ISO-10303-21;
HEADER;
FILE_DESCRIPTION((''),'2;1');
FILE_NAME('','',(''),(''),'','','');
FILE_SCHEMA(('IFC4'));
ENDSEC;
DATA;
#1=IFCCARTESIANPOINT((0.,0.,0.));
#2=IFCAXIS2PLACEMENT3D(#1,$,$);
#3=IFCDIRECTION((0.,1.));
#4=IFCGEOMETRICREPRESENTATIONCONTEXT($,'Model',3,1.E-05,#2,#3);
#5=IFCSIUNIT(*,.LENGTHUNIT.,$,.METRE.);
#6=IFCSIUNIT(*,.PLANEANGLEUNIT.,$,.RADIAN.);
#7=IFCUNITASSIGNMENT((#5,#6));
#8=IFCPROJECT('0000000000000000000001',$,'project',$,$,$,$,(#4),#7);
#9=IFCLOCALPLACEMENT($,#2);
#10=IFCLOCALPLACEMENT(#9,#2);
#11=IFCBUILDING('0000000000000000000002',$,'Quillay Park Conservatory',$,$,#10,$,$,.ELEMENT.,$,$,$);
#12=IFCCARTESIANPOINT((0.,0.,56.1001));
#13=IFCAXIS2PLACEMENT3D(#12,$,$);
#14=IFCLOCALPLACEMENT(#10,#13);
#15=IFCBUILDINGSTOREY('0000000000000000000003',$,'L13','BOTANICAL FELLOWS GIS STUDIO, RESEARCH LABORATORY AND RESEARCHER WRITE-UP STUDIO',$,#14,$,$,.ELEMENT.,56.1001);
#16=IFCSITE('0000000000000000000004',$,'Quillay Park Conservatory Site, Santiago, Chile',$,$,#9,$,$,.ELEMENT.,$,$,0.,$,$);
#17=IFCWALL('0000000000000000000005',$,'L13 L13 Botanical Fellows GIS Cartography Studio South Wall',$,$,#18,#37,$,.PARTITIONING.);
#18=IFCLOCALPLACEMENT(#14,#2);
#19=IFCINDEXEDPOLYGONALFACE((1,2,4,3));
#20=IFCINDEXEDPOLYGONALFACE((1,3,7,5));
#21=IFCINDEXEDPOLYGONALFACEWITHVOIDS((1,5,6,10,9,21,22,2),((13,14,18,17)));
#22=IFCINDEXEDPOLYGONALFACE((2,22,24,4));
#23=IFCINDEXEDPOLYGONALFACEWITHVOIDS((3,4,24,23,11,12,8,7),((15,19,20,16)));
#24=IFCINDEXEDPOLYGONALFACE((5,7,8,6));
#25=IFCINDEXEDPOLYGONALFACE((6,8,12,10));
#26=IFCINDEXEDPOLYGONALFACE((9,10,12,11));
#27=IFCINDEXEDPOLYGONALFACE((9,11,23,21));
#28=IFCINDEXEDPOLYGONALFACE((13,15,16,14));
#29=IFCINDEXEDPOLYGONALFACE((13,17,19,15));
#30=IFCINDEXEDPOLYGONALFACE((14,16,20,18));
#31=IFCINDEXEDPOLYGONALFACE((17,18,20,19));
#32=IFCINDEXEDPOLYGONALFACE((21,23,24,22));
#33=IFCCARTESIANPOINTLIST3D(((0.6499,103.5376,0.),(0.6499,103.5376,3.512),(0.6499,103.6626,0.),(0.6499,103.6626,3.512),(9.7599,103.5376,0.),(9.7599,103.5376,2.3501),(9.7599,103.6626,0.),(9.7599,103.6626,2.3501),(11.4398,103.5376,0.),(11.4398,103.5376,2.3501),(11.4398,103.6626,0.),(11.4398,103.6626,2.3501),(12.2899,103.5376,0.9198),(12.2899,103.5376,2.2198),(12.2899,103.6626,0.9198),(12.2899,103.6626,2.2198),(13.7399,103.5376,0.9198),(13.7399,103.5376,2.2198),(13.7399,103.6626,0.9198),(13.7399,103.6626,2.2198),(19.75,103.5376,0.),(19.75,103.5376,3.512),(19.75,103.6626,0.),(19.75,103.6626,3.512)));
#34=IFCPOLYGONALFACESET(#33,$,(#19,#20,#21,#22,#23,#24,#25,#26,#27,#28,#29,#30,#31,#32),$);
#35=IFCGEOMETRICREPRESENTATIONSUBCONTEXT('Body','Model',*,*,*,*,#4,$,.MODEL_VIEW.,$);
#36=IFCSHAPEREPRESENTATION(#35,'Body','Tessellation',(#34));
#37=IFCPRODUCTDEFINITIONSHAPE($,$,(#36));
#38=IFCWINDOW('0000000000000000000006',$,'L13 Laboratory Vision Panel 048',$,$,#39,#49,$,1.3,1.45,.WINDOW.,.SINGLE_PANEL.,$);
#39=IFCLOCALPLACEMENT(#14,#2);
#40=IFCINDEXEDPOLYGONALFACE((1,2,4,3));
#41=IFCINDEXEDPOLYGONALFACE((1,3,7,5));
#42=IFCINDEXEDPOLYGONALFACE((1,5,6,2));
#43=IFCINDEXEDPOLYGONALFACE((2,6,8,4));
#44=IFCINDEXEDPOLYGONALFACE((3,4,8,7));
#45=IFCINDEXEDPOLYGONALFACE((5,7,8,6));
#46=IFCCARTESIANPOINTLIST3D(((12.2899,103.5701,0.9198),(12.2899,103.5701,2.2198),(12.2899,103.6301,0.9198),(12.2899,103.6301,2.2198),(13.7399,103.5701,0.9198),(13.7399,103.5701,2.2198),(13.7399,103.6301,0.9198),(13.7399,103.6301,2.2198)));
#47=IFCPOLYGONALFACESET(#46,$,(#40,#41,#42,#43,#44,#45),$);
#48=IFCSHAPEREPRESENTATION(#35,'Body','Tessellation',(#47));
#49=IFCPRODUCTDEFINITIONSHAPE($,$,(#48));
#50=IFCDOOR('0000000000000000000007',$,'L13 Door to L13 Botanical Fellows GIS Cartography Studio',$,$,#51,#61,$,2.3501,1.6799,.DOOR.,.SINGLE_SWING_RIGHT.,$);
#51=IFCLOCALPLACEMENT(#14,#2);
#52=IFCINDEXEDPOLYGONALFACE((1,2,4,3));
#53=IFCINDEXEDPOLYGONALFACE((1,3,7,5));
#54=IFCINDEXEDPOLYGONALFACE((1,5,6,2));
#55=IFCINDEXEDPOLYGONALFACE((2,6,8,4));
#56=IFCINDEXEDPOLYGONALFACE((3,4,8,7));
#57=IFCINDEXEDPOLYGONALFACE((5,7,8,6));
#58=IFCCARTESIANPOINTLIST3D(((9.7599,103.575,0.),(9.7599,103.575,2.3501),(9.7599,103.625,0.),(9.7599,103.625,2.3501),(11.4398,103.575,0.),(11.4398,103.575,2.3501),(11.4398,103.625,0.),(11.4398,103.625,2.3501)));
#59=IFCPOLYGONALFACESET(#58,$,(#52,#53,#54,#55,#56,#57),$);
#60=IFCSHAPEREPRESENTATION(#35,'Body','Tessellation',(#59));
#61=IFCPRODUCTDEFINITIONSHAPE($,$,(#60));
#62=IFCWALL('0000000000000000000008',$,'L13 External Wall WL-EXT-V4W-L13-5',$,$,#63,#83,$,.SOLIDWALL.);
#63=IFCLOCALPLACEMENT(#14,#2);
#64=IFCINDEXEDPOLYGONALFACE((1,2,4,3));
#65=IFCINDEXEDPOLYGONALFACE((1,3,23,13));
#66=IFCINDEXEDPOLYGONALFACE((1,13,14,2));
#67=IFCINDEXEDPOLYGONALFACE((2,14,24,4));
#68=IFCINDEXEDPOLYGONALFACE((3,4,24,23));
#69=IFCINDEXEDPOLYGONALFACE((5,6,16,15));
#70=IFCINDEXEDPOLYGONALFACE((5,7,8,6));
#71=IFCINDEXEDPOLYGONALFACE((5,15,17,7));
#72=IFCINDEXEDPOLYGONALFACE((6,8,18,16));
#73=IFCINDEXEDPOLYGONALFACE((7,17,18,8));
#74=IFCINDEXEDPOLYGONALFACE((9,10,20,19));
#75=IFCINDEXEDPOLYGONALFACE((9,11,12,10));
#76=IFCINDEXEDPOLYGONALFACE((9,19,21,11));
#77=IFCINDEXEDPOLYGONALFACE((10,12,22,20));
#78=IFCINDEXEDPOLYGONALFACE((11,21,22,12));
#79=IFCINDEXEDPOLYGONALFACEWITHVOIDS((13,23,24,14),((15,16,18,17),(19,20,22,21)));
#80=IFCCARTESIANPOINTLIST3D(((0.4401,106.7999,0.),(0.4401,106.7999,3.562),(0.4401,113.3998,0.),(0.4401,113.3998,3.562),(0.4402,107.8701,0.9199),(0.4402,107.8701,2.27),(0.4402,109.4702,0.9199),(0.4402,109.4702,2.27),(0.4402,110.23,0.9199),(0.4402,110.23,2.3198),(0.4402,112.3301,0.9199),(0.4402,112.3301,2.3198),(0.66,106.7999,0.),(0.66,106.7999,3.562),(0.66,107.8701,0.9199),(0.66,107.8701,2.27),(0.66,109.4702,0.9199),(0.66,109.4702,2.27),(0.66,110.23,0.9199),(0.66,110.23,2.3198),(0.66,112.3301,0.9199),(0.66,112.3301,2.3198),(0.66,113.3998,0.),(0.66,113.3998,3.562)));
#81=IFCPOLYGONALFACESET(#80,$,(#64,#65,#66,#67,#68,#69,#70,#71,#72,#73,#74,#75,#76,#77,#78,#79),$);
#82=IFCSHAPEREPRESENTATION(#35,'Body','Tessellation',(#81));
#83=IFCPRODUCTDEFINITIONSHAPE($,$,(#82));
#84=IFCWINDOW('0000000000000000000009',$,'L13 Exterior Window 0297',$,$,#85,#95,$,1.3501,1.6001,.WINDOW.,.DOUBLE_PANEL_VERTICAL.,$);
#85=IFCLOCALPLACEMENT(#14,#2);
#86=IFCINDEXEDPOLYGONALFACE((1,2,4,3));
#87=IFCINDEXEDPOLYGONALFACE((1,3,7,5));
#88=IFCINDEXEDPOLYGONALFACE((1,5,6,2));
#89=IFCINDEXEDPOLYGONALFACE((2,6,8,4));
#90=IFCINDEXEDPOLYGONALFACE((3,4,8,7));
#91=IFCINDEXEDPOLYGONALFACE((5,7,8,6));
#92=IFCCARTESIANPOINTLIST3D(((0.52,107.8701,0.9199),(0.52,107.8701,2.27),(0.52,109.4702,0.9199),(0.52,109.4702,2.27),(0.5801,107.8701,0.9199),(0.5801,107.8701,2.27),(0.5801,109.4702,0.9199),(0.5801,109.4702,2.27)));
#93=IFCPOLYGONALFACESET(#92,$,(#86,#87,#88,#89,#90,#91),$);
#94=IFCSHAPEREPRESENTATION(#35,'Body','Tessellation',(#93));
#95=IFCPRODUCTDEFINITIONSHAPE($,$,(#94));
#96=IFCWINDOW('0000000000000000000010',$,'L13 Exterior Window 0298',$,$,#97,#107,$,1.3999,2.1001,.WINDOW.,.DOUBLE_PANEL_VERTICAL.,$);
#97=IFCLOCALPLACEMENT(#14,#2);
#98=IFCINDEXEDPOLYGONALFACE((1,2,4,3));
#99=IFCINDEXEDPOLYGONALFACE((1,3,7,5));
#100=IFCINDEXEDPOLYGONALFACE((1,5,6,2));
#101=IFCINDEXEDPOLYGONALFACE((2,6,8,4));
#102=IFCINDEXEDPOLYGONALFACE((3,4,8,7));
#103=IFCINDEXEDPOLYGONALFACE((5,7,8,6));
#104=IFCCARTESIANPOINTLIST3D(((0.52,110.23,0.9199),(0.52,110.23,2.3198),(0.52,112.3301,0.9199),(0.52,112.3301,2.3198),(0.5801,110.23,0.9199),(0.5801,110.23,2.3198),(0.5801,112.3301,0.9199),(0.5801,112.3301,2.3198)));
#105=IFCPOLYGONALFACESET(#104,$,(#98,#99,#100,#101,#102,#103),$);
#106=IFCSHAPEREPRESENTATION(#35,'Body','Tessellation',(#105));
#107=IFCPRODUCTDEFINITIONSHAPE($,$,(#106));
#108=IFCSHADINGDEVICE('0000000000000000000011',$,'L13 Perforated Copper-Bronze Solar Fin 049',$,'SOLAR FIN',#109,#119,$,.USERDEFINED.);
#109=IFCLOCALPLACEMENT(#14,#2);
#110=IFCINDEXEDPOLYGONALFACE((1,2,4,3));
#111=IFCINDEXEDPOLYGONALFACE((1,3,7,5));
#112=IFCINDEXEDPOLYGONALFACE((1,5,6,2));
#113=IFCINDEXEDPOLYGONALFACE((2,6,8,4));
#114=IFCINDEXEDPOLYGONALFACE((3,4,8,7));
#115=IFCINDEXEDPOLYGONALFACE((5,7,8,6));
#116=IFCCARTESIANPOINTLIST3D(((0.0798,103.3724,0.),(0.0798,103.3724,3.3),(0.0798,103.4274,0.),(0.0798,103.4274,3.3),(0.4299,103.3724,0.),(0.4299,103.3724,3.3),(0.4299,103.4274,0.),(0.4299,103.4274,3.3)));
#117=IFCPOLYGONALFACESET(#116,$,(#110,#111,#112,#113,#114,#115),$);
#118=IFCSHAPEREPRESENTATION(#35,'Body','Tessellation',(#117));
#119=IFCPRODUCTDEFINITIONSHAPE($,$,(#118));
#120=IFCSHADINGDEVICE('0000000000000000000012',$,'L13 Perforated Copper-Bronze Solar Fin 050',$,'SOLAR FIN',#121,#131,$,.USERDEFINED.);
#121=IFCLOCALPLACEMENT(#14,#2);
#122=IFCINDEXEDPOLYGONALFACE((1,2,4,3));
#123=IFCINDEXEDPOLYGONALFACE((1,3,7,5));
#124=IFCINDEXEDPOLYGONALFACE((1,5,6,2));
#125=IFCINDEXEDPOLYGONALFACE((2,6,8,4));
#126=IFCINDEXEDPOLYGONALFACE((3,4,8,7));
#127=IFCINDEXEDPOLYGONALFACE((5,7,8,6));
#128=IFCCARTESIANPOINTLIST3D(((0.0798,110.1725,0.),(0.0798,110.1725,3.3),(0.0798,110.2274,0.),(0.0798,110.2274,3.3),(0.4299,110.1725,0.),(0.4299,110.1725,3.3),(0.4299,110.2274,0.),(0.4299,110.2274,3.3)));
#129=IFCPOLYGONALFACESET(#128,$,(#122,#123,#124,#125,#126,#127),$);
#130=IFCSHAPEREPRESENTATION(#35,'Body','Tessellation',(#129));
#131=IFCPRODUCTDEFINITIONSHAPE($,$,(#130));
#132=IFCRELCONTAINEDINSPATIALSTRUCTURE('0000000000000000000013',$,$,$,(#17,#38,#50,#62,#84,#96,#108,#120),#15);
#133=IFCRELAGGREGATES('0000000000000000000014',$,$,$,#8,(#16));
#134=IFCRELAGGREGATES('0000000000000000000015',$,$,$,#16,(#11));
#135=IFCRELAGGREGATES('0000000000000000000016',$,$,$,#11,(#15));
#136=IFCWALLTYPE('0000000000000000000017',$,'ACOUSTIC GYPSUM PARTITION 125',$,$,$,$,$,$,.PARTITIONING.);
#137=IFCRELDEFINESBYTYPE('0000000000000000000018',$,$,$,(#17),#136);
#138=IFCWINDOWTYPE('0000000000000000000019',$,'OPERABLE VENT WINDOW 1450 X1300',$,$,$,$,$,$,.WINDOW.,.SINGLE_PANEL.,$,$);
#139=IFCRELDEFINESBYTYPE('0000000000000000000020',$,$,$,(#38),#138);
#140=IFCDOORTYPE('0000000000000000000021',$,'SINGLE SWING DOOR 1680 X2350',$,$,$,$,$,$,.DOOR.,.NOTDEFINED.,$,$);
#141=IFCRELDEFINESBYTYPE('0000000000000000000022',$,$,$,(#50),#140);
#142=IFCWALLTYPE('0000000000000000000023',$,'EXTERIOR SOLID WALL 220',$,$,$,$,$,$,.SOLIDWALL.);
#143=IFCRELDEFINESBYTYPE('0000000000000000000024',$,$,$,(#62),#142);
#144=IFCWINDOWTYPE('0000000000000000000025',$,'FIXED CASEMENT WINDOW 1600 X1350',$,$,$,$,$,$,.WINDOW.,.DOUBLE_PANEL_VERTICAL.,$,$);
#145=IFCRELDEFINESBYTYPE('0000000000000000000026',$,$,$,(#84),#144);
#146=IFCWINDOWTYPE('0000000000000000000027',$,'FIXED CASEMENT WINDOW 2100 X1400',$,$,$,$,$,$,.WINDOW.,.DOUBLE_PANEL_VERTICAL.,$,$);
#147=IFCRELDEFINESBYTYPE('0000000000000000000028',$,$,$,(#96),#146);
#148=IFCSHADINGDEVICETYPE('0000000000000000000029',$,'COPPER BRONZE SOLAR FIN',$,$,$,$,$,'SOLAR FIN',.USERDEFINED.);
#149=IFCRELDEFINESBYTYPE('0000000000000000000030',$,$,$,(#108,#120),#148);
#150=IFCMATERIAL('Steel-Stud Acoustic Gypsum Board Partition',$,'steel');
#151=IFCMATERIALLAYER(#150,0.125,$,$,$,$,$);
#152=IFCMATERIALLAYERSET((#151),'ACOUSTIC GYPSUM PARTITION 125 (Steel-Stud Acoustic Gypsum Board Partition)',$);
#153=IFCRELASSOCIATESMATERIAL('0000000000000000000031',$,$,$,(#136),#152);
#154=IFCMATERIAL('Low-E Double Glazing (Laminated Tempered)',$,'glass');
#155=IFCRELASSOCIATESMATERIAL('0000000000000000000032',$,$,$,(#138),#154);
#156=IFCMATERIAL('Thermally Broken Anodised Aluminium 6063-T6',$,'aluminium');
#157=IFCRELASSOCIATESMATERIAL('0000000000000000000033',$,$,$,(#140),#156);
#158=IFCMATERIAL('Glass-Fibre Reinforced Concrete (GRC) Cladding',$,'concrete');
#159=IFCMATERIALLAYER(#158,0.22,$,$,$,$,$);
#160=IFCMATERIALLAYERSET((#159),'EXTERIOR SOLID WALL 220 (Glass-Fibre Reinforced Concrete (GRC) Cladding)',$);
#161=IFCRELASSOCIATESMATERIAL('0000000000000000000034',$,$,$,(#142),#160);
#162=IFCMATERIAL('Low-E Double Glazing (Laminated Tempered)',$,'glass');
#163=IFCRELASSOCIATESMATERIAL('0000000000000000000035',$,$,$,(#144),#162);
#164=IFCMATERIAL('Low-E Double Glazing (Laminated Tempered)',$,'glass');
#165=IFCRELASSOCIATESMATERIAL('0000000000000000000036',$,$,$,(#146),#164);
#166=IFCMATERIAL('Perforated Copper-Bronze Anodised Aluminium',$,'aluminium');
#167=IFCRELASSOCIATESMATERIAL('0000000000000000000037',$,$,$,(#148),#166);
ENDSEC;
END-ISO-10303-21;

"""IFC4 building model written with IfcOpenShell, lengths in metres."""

from ifc_helpers import new_model, si_unit, direction, frame, frame_2d, origin, origin_2d, place, context, subcontext, project, spatial, rectangle, extrude, material, layer, layer_set, type_object, element, fill, save


model = new_model("IFC4")

# Units and contexts
model_context = context("Model", 3, precision=1e-05, world=origin(), true_north=direction((0.0, 1.0)))
body_context = subcontext(model_context, "Body", "Model", "MODEL_VIEW")
ifc_project = project(units=[si_unit("LENGTHUNIT", "METRE"), si_unit("PLANEANGLEUNIT", "RADIAN")], contexts=[model_context])

# Site, building, storey
site_placement = place(None, origin())
site = spatial("IfcSite", under=ifc_project, at=site_placement, Name="Quillay Park Conservatory Site, Santiago, Chile", CompositionType="ELEMENT", RefElevation=0.0)
building_placement = place(site_placement, origin())
building = spatial("IfcBuilding", under=site, at=building_placement, Name="Quillay Park Conservatory", CompositionType="ELEMENT")
storey_placement = place(building_placement, frame((0.0, 0.0, 56.1001)))
storey = spatial("IfcBuildingStorey", under=building, at=storey_placement, Name="L13", Description="BOTANICAL FELLOWS GIS STUDIO, RESEARCH LABORATORY AND RESEARCHER WRITE-UP STUDIO", CompositionType="ELEMENT", Elevation=56.1001)

# Wall, openings, window, door
ifc_material_1 = material(Name="Steel-Stud Acoustic Gypsum Board Partition", Category="steel")
ifc_layer_1 = layer(ifc_material_1, 0.125)
ifc_layer_set_1 = layer_set([ifc_layer_1], Name="ACOUSTIC GYPSUM PARTITION 125 (Steel-Stud Acoustic Gypsum Board Partition)")
wall_type_1 = type_object("IfcWallType", Name="ACOUSTIC GYPSUM PARTITION 125", PredefinedType="PARTITIONING", material=ifc_layer_set_1)
wall_1_placement = place(storey_placement, frame((0.6499, 103.6001, 0.0), z_axis=(0.0, 0.0, 1.0), x_axis=(1.0, 0.0, 0.0)))
wall_1 = element("IfcWall", 1, at=wall_1_placement, inside=storey, type_object=wall_type_1, Name="L13 L13 Botanical Fellows GIS Cartography Studio South Wall", PredefinedType="PARTITIONING", context=body_context, shape_type="SweptSolid", body=[
    extrude(rectangle(XDim=19.1001, YDim=0.125, at=frame_2d((9.55, 0.0))), origin(), (0.0, 0.0, 1.0), 3.512),
])
opening_1_placement = place(wall_1_placement, frame((9.1101, 0.0, 0.0)))
opening_1 = element("IfcOpeningElement", 2, at=opening_1_placement, cuts=wall_1, PredefinedType="OPENING", context=body_context, shape_type="SweptSolid", body=[
    extrude(rectangle(XDim=1.6799, YDim=2.3501, at=frame_2d((0.8398, 1.175))), frame((0.0, 0.0625, 0.0), z_axis=(0.0, -1.0, 0.0), x_axis=(1.0, 0.0, 0.0)), (0.0, 0.0, 1.0), 0.125),
])
opening_2_placement = place(wall_1_placement, frame((11.6399, 0.0, 0.9199)))
opening_2 = element("IfcOpeningElement", 3, at=opening_2_placement, cuts=wall_1, PredefinedType="OPENING", context=body_context, shape_type="SweptSolid", body=[
    extrude(rectangle(XDim=1.45, YDim=1.3, at=frame_2d((0.7251, 0.6499))), frame((0.0, 0.0625, 0.0), z_axis=(0.0, -1.0, 0.0), x_axis=(1.0, 0.0, 0.0)), (0.0, 0.0, 1.0), 0.125),
])
ifc_material_2 = material(Name="Low-E Double Glazing (Laminated Tempered)", Category="glass")
window_type_1 = type_object("IfcWindowType", Name="OPERABLE VENT WINDOW 1450 X1300", PartitioningType="SINGLE_PANEL", PredefinedType="WINDOW", material=ifc_material_2)
window_1_placement = place(opening_2_placement, origin())
window_1 = element("IfcWindow", 4, at=window_1_placement, inside=storey, type_object=window_type_1, Name="L13 Laboratory Vision Panel 048", OverallHeight=1.3, OverallWidth=1.45, PartitioningType="SINGLE_PANEL", PredefinedType="WINDOW", context=body_context, shape_type="SweptSolid", body=[
    extrude(rectangle(XDim=1.45, YDim=1.3, at=frame_2d((0.7251, 0.6499))), frame((0.0, 0.03, 0.0), z_axis=(0.0, -1.0, 0.0), x_axis=(1.0, 0.0, 0.0)), (0.0, 0.0, 1.0), 0.0601),
])
fill(opening_2, window_1)
ifc_material_3 = material(Name="Thermally Broken Anodised Aluminium 6063-T6", Category="aluminium")
door_type_1 = type_object("IfcDoorType", Name="SINGLE SWING DOOR 1680 X2350", OperationType="NOTDEFINED", PredefinedType="DOOR", material=ifc_material_3)
door_1_placement = place(opening_1_placement, origin())
door_1 = element("IfcDoor", 5, at=door_1_placement, inside=storey, type_object=door_type_1, Name="L13 Door to L13 Botanical Fellows GIS Cartography Studio", OperationType="SINGLE_SWING_RIGHT", OverallHeight=2.3501, OverallWidth=1.6799, PredefinedType="DOOR", context=body_context, shape_type="SweptSolid", body=[
    extrude(rectangle(XDim=1.6799, YDim=2.3501, at=frame_2d((0.8398, 1.175))), frame((0.0, 0.0249, 0.0), z_axis=(0.0, -1.0, 0.0), x_axis=(1.0, 0.0, 0.0)), (0.0, 0.0, 1.0), 0.05),
])
fill(opening_1, door_1)

# Wall, openings, windows
ifc_material_4 = material(Name="Glass-Fibre Reinforced Concrete (GRC) Cladding", Category="concrete")
ifc_layer_2 = layer(ifc_material_4, 0.22)
ifc_layer_set_2 = layer_set([ifc_layer_2], Name="EXTERIOR SOLID WALL 220 (Glass-Fibre Reinforced Concrete (GRC) Cladding)")
wall_type_2 = type_object("IfcWallType", Name="EXTERIOR SOLID WALL 220", PredefinedType="SOLIDWALL", material=ifc_layer_set_2)
wall_2_placement = place(storey_placement, frame((0.55, 106.8, 0.0), z_axis=(0.0, 0.0, 1.0), x_axis=(0.0, 1.0, 0.0)))
wall_2 = element("IfcWall", 6, at=wall_2_placement, inside=storey, type_object=wall_type_2, Name="L13 External Wall WL-EXT-V4W-L13-5", PredefinedType="SOLIDWALL", context=body_context, shape_type="SweptSolid", body=[
    extrude(rectangle(XDim=6.5999, YDim=0.22, at=frame_2d((3.2998, 0.0))), origin(), (0.0, 0.0, 1.0), 3.562),
])
opening_3_placement = place(wall_2_placement, frame((1.0701, 0.0, 0.9199)))
opening_3 = element("IfcOpeningElement", 7, at=opening_3_placement, cuts=wall_2, PredefinedType="OPENING", context=body_context, shape_type="SweptSolid", body=[
    extrude(rectangle(XDim=1.6001, YDim=1.3501, at=frame_2d((0.8, 0.675))), frame((0.0, 0.1099, 0.0), z_axis=(0.0, -1.0, 0.0), x_axis=(1.0, 0.0, 0.0)), (0.0, 0.0, 1.0), 0.22),
])
opening_4_placement = place(wall_2_placement, frame((3.4299, 0.0, 0.9199)))
opening_4 = element("IfcOpeningElement", 8, at=opening_4_placement, cuts=wall_2, PredefinedType="OPENING", context=body_context, shape_type="SweptSolid", body=[
    extrude(rectangle(XDim=2.1001, YDim=1.3999, at=frame_2d((1.05, 0.7))), frame((0.0, 0.1099, 0.0), z_axis=(0.0, -1.0, 0.0), x_axis=(1.0, 0.0, 0.0)), (0.0, 0.0, 1.0), 0.22),
])
ifc_material_5 = material(Name="Low-E Double Glazing (Laminated Tempered)", Category="glass")
window_type_2 = type_object("IfcWindowType", Name="FIXED CASEMENT WINDOW 1600 X1350", PartitioningType="DOUBLE_PANEL_VERTICAL", PredefinedType="WINDOW", material=ifc_material_5)
window_2_placement = place(opening_3_placement, origin())
window_2 = element("IfcWindow", 9, at=window_2_placement, inside=storey, type_object=window_type_2, Name="L13 Exterior Window 0297", OverallHeight=1.3501, OverallWidth=1.6001, PartitioningType="DOUBLE_PANEL_VERTICAL", PredefinedType="WINDOW", context=body_context, shape_type="SweptSolid", body=[
    extrude(rectangle(XDim=1.6001, YDim=1.3501, at=frame_2d((0.8, 0.675))), frame((0.0, 0.03, 0.0), z_axis=(0.0, -1.0, 0.0), x_axis=(1.0, 0.0, 0.0)), (0.0, 0.0, 1.0), 0.0601),
])
fill(opening_3, window_2)
ifc_material_6 = material(Name="Low-E Double Glazing (Laminated Tempered)", Category="glass")
window_type_3 = type_object("IfcWindowType", Name="FIXED CASEMENT WINDOW 2100 X1400", PartitioningType="DOUBLE_PANEL_VERTICAL", PredefinedType="WINDOW", material=ifc_material_6)
window_3_placement = place(opening_4_placement, origin())
window_3 = element("IfcWindow", 10, at=window_3_placement, inside=storey, type_object=window_type_3, Name="L13 Exterior Window 0298", OverallHeight=1.3999, OverallWidth=2.1001, PartitioningType="DOUBLE_PANEL_VERTICAL", PredefinedType="WINDOW", context=body_context, shape_type="SweptSolid", body=[
    extrude(rectangle(XDim=2.1001, YDim=1.3999, at=frame_2d((1.05, 0.7))), frame((0.0, 0.03, 0.0), z_axis=(0.0, -1.0, 0.0), x_axis=(1.0, 0.0, 0.0)), (0.0, 0.0, 1.0), 0.0601),
])
fill(opening_4, window_3)

# Shading devices
ifc_material_7 = material(Name="Perforated Copper-Bronze Anodised Aluminium", Category="aluminium")
shading_device_type = type_object("IfcShadingDeviceType", Name="COPPER BRONZE SOLAR FIN", ElementType="SOLAR FIN", PredefinedType="USERDEFINED", material=ifc_material_7)
for number, where, z_axis, x_axis, name in (
    (11, (0.2549, 103.3999, 0.0), (0.0, 0.0, 1.0), (1.0, 0.0, 0.0), "L13 Perforated Copper-Bronze Solar Fin 049"),
    (12, (0.2549, 110.2, 0.0), (0.0, 0.0, 1.0), (1.0, 0.0, 0.0), "L13 Perforated Copper-Bronze Solar Fin 050"),
):
    element("IfcShadingDevice", number, at=place(storey_placement, frame(where, z_axis=z_axis, x_axis=x_axis)), inside=storey, type_object=shading_device_type, Name=name, ObjectType="SOLAR FIN", PredefinedType="USERDEFINED", context=body_context, shape_type="SweptSolid", body=[
        extrude(rectangle(XDim=0.3501, YDim=0.0549, at=origin_2d()), origin(), (0.0, 0.0, 1.0), 3.3),
    ])

save(model, "model.ifc")
